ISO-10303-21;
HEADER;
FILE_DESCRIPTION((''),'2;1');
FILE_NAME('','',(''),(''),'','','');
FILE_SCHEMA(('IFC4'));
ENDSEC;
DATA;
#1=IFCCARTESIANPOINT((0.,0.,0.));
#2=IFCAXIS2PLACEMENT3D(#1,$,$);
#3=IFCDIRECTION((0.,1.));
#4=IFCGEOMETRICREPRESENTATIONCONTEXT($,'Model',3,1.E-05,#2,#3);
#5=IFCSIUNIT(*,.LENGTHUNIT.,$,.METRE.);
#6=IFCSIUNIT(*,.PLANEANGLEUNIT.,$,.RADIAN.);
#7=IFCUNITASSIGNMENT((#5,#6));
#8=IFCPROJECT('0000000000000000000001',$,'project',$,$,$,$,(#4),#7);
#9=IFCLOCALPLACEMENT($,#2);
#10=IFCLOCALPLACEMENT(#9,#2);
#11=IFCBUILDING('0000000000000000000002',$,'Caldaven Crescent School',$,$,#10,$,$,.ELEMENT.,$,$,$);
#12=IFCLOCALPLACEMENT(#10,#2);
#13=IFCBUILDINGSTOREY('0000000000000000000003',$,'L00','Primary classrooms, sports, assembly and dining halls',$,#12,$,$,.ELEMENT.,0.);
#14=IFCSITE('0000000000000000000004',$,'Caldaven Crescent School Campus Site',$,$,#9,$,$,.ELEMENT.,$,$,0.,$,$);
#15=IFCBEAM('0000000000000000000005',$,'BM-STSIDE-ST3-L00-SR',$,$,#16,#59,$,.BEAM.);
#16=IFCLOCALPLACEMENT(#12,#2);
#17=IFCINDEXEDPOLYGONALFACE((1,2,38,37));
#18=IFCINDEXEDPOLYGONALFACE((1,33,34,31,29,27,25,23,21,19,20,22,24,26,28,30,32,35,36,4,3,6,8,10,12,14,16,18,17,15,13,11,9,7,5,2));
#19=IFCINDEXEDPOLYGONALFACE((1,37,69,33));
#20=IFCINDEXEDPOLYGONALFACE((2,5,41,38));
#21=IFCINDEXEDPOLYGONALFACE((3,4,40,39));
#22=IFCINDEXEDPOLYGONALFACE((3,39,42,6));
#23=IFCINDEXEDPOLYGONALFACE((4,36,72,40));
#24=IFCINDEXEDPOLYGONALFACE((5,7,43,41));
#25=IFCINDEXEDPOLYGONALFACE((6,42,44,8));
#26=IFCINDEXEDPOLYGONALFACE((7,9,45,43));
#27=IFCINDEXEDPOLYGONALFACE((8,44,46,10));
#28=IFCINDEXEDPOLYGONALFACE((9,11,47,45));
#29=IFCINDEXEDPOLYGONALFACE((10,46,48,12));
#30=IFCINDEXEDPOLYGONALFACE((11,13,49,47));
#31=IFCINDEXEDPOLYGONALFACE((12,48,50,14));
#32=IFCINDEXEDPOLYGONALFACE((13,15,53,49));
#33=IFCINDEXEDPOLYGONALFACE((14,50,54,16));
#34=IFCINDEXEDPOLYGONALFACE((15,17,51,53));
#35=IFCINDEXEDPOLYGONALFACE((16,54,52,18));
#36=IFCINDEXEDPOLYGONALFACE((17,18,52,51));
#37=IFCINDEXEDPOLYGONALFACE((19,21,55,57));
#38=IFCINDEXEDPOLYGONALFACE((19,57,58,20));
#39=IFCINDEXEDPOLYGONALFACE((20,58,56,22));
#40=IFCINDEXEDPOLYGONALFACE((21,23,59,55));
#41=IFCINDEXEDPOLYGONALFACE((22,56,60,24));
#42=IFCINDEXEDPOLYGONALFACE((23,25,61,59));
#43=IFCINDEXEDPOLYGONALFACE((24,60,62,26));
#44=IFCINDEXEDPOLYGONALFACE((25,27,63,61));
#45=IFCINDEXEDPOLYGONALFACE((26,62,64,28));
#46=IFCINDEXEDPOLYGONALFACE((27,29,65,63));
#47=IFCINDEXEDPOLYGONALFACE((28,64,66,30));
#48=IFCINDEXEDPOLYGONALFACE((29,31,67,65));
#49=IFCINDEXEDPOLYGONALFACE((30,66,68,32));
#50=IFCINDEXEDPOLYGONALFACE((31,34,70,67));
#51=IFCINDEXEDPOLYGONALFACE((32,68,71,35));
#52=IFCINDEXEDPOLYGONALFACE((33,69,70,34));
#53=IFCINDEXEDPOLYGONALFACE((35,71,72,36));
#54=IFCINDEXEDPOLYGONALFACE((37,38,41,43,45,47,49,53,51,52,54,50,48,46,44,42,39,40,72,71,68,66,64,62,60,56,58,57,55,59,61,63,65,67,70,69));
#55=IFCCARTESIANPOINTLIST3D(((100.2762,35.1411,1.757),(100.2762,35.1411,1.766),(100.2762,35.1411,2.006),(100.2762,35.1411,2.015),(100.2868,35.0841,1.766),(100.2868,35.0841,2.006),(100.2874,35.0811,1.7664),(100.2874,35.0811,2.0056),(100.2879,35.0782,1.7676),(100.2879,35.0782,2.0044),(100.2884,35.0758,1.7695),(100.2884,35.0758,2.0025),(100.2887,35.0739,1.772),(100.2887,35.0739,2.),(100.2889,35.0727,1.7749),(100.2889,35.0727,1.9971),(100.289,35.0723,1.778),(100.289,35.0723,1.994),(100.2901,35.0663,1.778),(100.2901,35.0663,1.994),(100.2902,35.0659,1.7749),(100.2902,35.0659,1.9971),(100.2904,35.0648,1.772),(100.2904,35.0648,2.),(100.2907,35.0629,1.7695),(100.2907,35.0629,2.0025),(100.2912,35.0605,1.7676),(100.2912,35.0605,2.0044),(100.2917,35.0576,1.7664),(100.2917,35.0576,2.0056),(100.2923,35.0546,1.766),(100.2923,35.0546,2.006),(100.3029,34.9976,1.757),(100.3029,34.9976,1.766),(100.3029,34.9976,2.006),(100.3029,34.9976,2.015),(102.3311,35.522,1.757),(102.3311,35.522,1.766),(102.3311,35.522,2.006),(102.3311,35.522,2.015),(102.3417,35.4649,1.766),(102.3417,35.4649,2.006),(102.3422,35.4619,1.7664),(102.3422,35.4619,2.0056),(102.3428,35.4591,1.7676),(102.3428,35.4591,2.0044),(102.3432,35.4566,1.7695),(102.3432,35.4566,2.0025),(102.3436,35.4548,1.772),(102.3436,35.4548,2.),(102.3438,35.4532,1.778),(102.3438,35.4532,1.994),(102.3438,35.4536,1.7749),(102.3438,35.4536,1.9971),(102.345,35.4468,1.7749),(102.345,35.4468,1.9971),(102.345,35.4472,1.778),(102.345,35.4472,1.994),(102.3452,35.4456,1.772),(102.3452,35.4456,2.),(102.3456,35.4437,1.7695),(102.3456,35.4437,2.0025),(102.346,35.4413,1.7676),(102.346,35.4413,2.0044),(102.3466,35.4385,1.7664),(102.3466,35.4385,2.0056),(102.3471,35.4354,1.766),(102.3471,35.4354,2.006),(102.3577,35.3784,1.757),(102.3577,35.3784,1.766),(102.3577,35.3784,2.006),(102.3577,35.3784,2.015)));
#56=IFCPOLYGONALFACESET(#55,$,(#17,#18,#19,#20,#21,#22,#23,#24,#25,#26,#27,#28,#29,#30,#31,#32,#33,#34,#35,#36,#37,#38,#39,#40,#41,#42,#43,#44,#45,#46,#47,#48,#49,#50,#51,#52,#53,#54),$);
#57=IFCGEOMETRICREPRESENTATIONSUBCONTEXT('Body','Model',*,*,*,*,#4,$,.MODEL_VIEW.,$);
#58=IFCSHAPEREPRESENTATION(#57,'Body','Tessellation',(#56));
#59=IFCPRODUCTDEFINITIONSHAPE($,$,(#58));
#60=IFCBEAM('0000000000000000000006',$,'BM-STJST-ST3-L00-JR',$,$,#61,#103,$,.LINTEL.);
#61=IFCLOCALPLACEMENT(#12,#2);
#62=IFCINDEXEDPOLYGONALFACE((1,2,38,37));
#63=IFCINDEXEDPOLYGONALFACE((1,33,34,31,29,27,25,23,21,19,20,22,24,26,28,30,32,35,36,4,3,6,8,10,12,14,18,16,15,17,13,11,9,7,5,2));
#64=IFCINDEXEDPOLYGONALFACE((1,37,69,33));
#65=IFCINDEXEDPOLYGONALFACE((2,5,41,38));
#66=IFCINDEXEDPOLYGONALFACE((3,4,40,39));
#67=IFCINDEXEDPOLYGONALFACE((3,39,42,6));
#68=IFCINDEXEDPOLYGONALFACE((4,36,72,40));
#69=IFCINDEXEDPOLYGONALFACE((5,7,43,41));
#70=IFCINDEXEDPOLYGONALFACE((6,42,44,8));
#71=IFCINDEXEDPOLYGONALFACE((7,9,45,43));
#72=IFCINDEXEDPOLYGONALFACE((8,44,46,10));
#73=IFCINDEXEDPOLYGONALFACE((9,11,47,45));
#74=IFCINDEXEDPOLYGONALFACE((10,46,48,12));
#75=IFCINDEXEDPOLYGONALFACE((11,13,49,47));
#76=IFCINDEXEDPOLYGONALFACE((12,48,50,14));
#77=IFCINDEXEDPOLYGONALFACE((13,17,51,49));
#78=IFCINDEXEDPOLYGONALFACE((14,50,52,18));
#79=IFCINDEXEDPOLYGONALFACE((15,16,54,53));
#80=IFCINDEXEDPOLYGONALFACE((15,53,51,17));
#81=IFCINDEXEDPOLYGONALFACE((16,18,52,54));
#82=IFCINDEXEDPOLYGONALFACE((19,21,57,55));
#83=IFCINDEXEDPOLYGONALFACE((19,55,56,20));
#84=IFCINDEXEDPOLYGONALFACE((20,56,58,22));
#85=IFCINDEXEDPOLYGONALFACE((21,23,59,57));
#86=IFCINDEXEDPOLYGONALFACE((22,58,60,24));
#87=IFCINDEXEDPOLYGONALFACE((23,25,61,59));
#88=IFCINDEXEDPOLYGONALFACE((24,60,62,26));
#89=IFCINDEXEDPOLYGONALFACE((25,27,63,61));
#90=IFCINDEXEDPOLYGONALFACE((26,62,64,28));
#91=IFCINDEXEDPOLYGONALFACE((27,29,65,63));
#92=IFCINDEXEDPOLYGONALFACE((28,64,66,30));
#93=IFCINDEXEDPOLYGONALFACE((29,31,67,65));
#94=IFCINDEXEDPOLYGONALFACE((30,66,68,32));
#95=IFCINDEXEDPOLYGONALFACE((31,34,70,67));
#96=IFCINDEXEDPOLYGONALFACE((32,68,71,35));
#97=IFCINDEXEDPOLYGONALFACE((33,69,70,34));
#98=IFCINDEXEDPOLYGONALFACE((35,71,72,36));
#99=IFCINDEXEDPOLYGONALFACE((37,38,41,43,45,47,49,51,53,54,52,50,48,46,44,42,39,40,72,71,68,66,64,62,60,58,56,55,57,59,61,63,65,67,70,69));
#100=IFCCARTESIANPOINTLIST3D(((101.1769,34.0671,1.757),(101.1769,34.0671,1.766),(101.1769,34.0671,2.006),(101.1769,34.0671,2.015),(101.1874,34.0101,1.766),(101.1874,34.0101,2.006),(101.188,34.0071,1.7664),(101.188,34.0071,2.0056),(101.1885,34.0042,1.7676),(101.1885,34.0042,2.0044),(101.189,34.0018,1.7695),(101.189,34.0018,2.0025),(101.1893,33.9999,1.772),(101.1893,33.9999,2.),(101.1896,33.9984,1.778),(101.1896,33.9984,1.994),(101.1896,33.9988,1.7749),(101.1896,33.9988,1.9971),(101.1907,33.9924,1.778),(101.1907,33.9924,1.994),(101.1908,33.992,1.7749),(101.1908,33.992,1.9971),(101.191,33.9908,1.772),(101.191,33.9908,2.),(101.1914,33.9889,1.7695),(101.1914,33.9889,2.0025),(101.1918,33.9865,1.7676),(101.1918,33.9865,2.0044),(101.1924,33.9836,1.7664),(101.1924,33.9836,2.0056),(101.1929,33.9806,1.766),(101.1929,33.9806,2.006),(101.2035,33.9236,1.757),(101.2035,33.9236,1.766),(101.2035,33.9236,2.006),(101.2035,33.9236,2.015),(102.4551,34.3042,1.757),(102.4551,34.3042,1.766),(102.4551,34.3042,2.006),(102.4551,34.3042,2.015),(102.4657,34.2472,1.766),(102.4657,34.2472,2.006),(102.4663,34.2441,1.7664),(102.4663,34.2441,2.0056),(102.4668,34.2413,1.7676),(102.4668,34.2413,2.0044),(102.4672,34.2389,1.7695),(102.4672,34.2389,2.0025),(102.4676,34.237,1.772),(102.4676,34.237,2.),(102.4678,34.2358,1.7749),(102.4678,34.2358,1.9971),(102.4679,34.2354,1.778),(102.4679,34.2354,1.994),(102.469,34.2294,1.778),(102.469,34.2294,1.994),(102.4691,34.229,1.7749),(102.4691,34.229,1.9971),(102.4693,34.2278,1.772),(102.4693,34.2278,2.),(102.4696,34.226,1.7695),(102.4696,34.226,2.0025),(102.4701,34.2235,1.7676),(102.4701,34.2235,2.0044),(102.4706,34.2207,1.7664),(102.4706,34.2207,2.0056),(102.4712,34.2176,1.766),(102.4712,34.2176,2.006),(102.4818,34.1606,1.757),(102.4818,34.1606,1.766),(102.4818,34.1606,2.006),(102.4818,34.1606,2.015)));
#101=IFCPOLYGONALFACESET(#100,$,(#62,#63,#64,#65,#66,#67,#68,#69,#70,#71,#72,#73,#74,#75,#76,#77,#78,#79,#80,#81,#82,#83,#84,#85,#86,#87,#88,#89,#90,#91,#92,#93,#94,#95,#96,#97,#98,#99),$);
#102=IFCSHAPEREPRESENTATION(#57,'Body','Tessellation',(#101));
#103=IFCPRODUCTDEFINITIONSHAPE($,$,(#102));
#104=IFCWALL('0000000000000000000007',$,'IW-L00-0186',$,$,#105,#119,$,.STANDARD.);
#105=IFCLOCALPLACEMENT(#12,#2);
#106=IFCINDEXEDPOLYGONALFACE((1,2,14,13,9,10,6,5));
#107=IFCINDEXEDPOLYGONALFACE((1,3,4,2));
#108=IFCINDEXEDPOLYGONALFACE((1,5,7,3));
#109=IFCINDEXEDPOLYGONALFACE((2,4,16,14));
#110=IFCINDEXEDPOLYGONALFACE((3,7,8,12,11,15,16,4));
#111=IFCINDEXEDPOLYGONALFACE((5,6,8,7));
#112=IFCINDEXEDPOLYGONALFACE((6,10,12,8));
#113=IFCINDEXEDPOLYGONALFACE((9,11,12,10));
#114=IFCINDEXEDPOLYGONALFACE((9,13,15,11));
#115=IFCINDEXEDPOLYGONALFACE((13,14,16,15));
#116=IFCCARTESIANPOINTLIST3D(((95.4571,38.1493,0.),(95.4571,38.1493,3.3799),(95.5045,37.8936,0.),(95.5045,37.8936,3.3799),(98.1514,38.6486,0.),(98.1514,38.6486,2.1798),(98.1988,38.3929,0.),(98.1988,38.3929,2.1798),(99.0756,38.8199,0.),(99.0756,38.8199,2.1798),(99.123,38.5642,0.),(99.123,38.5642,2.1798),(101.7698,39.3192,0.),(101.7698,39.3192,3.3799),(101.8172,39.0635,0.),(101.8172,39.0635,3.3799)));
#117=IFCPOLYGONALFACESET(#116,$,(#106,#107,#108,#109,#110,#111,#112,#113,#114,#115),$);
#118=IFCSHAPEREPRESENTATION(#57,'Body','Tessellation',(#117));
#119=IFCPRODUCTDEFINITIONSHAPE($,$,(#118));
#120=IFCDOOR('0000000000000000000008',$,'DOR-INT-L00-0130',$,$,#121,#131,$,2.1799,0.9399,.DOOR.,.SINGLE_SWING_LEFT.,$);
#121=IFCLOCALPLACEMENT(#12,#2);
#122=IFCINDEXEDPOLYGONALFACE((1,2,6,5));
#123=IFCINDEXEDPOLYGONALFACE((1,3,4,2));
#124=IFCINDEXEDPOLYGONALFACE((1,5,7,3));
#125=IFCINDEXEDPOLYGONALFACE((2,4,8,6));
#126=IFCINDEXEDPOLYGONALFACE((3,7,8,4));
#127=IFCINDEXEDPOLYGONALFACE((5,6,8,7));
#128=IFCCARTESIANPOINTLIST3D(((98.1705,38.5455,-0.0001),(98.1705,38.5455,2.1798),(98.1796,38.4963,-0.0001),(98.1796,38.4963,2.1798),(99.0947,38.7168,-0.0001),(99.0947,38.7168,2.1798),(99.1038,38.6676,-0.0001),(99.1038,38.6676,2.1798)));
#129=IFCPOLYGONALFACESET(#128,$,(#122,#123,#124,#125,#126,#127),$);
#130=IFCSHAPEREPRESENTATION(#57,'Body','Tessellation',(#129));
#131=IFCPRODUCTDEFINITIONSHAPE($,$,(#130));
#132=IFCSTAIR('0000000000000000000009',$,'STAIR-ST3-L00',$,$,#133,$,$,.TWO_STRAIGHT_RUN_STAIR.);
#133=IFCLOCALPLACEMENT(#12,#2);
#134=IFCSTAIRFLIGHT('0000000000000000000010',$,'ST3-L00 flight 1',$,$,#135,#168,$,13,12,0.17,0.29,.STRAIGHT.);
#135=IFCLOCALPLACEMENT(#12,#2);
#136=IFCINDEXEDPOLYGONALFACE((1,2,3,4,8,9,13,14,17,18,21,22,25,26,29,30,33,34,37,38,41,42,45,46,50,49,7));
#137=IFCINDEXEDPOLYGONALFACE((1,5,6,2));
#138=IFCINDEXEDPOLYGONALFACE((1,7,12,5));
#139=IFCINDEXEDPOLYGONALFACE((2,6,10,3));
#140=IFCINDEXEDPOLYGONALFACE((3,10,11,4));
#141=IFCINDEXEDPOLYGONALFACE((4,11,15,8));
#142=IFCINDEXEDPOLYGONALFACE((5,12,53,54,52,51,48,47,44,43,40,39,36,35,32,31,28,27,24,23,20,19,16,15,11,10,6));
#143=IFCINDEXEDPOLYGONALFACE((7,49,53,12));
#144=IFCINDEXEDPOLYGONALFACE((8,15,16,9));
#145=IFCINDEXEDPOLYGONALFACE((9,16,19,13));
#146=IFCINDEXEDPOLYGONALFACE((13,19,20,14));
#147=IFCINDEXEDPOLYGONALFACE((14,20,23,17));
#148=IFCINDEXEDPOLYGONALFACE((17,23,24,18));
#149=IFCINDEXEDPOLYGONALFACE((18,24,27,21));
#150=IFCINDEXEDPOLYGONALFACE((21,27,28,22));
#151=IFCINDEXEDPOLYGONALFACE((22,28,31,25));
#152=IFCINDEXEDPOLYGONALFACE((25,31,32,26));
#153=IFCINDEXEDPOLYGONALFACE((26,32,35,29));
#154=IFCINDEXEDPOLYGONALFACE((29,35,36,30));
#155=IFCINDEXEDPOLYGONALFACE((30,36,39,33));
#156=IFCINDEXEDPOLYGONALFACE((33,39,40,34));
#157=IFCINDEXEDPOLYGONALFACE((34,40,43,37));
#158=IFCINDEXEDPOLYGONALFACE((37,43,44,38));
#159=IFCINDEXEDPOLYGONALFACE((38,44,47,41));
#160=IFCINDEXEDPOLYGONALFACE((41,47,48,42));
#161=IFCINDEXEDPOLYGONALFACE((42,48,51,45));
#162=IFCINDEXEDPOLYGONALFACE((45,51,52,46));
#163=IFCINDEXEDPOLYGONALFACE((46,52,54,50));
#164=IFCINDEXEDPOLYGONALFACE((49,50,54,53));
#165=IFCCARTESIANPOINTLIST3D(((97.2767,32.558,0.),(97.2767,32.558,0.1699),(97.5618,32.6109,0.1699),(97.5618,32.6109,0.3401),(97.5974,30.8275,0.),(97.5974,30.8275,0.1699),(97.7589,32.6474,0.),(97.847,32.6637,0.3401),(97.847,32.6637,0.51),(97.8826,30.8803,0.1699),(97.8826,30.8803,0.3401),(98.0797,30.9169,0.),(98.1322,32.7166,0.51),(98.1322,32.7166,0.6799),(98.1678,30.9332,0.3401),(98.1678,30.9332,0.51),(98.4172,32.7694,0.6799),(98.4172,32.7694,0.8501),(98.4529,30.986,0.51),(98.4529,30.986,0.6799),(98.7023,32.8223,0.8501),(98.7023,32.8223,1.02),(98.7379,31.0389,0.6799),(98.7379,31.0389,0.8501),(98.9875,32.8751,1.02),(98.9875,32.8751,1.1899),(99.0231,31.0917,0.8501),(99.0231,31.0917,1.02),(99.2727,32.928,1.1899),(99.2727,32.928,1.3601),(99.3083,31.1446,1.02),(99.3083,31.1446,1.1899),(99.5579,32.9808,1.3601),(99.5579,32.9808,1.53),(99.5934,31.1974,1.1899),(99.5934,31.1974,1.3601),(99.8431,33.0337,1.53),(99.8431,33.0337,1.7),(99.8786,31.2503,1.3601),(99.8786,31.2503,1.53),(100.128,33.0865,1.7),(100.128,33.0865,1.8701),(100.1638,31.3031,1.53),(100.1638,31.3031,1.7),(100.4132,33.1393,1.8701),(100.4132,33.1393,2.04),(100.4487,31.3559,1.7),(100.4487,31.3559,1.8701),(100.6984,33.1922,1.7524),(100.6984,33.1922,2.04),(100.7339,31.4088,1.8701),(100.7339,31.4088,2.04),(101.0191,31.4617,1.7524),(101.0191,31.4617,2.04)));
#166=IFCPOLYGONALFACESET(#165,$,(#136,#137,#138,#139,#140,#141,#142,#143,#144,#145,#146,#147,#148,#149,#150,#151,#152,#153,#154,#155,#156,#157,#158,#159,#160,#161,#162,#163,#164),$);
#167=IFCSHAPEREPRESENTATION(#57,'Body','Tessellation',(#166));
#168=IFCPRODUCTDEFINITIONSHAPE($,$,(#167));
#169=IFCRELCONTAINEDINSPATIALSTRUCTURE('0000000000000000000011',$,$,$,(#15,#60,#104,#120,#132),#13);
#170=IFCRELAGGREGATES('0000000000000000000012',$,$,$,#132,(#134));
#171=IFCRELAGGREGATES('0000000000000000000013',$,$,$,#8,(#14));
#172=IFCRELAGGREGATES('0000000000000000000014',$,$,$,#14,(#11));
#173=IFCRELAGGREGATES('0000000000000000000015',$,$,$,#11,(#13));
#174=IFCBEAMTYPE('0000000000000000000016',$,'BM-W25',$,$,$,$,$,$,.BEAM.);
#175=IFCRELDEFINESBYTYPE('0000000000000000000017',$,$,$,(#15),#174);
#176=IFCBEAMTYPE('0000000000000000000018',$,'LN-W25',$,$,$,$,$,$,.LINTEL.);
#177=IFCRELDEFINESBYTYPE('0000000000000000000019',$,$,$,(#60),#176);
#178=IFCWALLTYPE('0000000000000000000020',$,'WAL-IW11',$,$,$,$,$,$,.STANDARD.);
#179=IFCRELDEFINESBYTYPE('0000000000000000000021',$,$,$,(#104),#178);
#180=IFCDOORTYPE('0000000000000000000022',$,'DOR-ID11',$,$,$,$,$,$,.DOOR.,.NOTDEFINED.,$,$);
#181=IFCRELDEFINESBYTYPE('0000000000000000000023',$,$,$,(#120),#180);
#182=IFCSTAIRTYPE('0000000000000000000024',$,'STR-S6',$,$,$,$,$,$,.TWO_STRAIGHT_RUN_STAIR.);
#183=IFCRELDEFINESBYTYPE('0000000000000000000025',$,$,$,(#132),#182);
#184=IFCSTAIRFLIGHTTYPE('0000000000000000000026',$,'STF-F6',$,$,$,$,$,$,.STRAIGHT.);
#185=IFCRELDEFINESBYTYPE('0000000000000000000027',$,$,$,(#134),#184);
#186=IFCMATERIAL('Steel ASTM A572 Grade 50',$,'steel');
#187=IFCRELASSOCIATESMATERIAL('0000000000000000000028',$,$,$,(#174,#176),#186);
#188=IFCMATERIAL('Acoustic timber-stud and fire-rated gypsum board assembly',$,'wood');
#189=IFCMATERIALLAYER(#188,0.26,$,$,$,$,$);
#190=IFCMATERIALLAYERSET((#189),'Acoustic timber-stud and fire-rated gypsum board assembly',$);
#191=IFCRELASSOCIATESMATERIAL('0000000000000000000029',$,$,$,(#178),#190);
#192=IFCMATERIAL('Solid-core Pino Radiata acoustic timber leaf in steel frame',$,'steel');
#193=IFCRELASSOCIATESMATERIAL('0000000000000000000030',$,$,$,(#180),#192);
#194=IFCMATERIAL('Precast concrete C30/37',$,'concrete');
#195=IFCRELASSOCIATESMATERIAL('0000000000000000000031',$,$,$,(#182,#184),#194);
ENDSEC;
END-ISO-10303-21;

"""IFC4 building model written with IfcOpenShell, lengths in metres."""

from ifc_helpers import new_model, si_unit, direction, frame, frame_2d, origin, origin_2d, place, context, subcontext, project, spatial, polyline, rectangle, i_section, outline, extrude, material, layer, layer_set, material_profile, profile_set, type_object, element, fill, aggregate, save


model = new_model("IFC4")

# Units and contexts
model_context = context("Model", 3, precision=1e-05, world=origin(), true_north=direction((0.0, 1.0)))
body_context = subcontext(model_context, "Body", "Model", "MODEL_VIEW")
ifc_project = project(units=[si_unit("LENGTHUNIT", "METRE"), si_unit("PLANEANGLEUNIT", "RADIAN")], contexts=[model_context])

# Site, building, storey
site_placement = place(None, origin())
site = spatial("IfcSite", under=ifc_project, at=site_placement, Name="Caldaven Crescent School Campus Site", CompositionType="ELEMENT", RefElevation=0.0)
building_placement = place(site_placement, origin())
building = spatial("IfcBuilding", under=site, at=building_placement, Name="Caldaven Crescent School", CompositionType="ELEMENT")
storey_placement = place(building_placement, origin())
storey = spatial("IfcBuildingStorey", under=building, at=storey_placement, Name="L00", Description="Primary classrooms, sports, assembly and dining halls", CompositionType="ELEMENT", Elevation=0.0)

# Shared definitions
ifc_material_1 = material(Name="Steel ASTM A572 Grade 50", Category="steel")

# Beams
ifc_material_profile_1 = material_profile(ifc_material_1, i_section(OverallWidth=0.146, OverallDepth=0.2581, WebThickness=0.0061, FlangeThickness=0.009, FilletRadius=0.012, at=origin_2d()), Name="W250x33")
ifc_profile_set_1 = profile_set([ifc_material_profile_1], Name="Steel ASTM A572 Grade 50")
beam_type_1 = type_object("IfcBeamType", Name="BM-W25", PredefinedType="BEAM", material=ifc_profile_set_1)
beam_1_placement = place(storey_placement, frame((100.2896, 35.0693, 1.886), z_axis=(0.983255, 0.182236, 0.0), x_axis=(-0.182236, 0.983255, 0.0)))
element("IfcBeam", 1, at=beam_1_placement, inside=storey, type_object=beam_type_1, Name="BM-STSIDE-ST3-L00-SR", PredefinedType="BEAM", context=body_context, shape_type="SweptSolid", body=[
    extrude(i_section(OverallWidth=0.146, OverallDepth=0.2581, WebThickness=0.0061, FlangeThickness=0.009, FilletRadius=0.012, at=origin_2d()), origin(), (0.0, 0.0, 1.0), 2.0898),
])
ifc_material_profile_2 = material_profile(ifc_material_1, i_section(OverallWidth=0.146, OverallDepth=0.2581, WebThickness=0.0061, FlangeThickness=0.009, FilletRadius=0.012, at=origin_2d()), Name="W250x33")
ifc_profile_set_2 = profile_set([ifc_material_profile_2], Name="Steel ASTM A572 Grade 50")
beam_type_2 = type_object("IfcBeamType", Name="LN-W25", PredefinedType="LINTEL", material=ifc_profile_set_2)
beam_2_placement = place(storey_placement, frame((101.1902, 33.9954, 1.886), z_axis=(0.983236, 0.182338, 0.0), x_axis=(-0.182338, 0.983236, 0.0)))
element("IfcBeam", 2, at=beam_2_placement, inside=storey, type_object=beam_type_2, Name="BM-STJST-ST3-L00-JR", PredefinedType="LINTEL", context=body_context, shape_type="SweptSolid", body=[
    extrude(i_section(OverallWidth=0.146, OverallDepth=0.2581, WebThickness=0.0061, FlangeThickness=0.009, FilletRadius=0.012, at=origin_2d()), origin(), (0.0, 0.0, 1.0), 1.3),
])

# Wall, opening, door
ifc_material_2 = material(Name="Acoustic timber-stud and fire-rated gypsum board assembly", Category="wood")
ifc_layer = layer(ifc_material_2, 0.26)
ifc_layer_set = layer_set([ifc_layer], Name="Acoustic timber-stud and fire-rated gypsum board assembly")
wall_type = type_object("IfcWallType", Name="WAL-IW11", PredefinedType="STANDARD", material=ifc_layer_set)
wall_placement = place(storey_placement, frame((95.481, 38.0215, 0.0), z_axis=(0.0, 0.0, 1.0), x_axis=(0.983257, 0.182224, 0.0)))
wall = element("IfcWall", 3, at=wall_placement, inside=storey, type_object=wall_type, Name="IW-L00-0186", PredefinedType="STANDARD", context=body_context, shape_type="SweptSolid", body=[
    extrude(rectangle(XDim=6.4202, YDim=0.26, at=frame_2d((3.21, 0.0))), origin(), (0.0, 0.0, 1.0), 3.3799),
])
opening_placement = place(wall_placement, frame((2.74, 0.0, 0.0)))
opening = element("IfcOpeningElement", 4, at=opening_placement, cuts=wall, PredefinedType="OPENING", context=body_context, shape_type="SweptSolid", body=[
    extrude(rectangle(XDim=0.9399, YDim=2.1799, at=frame_2d((0.47, 1.0898))), frame((0.0, 0.1399, 0.0), z_axis=(0.0, -1.0, 0.0), x_axis=(1.0, 0.0, 0.0)), (0.0, 0.0, 1.0), 0.28),
])
ifc_material_3 = material(Name="Solid-core Pino Radiata acoustic timber leaf in steel frame", Category="steel")
door_type = type_object("IfcDoorType", Name="DOR-ID11", OperationType="NOTDEFINED", PredefinedType="DOOR", material=ifc_material_3)
door_placement = place(opening_placement, frame((0.9399, 0.0, 0.0), z_axis=(0.0, 0.0, 1.0), x_axis=(-1.0, 0.0, 0.0)))
door = element("IfcDoor", 5, at=door_placement, inside=storey, type_object=door_type, Name="DOR-INT-L00-0130", OperationType="SINGLE_SWING_LEFT", OverallHeight=2.1799, OverallWidth=0.9399, PredefinedType="DOOR", context=body_context, shape_type="SweptSolid", body=[
    extrude(rectangle(XDim=0.9399, YDim=2.1799, at=frame_2d((0.47, 1.0898))), frame((0.0, 0.0249, 0.0), z_axis=(0.0, -1.0, 0.0), x_axis=(1.0, 0.0, 0.0)), (0.0, 0.0, 1.0), 0.05),
])
fill(opening, door)

# Stair, stair flight
ifc_material_4 = material(Name="Precast concrete C30/37", Category="concrete")
stair_type = type_object("IfcStairType", Name="STR-S6", PredefinedType="TWO_STRAIGHT_RUN_STAIR", material=ifc_material_4)
stair_placement = place(storey_placement, origin())
stair = element("IfcStair", 6, at=stair_placement, inside=storey, type_object=stair_type, Name="STAIR-ST3-L00", PredefinedType="TWO_STRAIGHT_RUN_STAIR")
stair_flight_type = type_object("IfcStairFlightType", Name="STF-F6", PredefinedType="STRAIGHT", material=ifc_material_4)
stair_flight_1_placement = place(storey_placement, frame((97.437, 31.6929, 0.0), z_axis=(0.0, 0.0, 1.0), x_axis=(0.983255, 0.182236, 0.0)))
stair_flight_1 = element("IfcStairFlight", 7, at=stair_flight_1_placement, type_object=stair_flight_type, Name="ST3-L00 flight 1", NumberOfRisers=13, NumberOfTreads=12, PredefinedType="STRAIGHT", RiserHeight=0.17, TreadLength=0.29, context=body_context, shape_type="SweptSolid", body=[
    extrude(outline(polyline([(0.0, 0.0), (0.0, 0.1699), (0.29, 0.1699), (0.29, 0.3401), (0.5801, 0.3401), (0.5801, 0.51), (0.8701, 0.51), (0.8701, 0.6799), (1.1599, 0.6799), (1.1599, 0.8501), (1.45, 0.8501), (1.45, 1.02), (1.74, 1.02), (1.74, 1.1899), (2.03, 1.1899), (2.03, 1.3601), (2.3201, 1.3601), (2.3201, 1.53), (2.6101, 1.53), (2.6101, 1.7), (2.8999, 1.7), (2.8999, 1.8701), (3.1899, 1.8701), (3.1899, 2.04), (3.48, 2.04), (3.48, 2.21), (3.48, 1.7524), (0.4905, 0.0), (0.0, 0.0)])), frame((0.0, 0.8799, 0.0), z_axis=(0.0, -1.0, 0.0), x_axis=(1.0, 0.0, 0.0)), (0.0, 0.0, 1.0), 1.76),
])
aggregate(stair, [stair_flight_1])

save(model, "model.ifc")
